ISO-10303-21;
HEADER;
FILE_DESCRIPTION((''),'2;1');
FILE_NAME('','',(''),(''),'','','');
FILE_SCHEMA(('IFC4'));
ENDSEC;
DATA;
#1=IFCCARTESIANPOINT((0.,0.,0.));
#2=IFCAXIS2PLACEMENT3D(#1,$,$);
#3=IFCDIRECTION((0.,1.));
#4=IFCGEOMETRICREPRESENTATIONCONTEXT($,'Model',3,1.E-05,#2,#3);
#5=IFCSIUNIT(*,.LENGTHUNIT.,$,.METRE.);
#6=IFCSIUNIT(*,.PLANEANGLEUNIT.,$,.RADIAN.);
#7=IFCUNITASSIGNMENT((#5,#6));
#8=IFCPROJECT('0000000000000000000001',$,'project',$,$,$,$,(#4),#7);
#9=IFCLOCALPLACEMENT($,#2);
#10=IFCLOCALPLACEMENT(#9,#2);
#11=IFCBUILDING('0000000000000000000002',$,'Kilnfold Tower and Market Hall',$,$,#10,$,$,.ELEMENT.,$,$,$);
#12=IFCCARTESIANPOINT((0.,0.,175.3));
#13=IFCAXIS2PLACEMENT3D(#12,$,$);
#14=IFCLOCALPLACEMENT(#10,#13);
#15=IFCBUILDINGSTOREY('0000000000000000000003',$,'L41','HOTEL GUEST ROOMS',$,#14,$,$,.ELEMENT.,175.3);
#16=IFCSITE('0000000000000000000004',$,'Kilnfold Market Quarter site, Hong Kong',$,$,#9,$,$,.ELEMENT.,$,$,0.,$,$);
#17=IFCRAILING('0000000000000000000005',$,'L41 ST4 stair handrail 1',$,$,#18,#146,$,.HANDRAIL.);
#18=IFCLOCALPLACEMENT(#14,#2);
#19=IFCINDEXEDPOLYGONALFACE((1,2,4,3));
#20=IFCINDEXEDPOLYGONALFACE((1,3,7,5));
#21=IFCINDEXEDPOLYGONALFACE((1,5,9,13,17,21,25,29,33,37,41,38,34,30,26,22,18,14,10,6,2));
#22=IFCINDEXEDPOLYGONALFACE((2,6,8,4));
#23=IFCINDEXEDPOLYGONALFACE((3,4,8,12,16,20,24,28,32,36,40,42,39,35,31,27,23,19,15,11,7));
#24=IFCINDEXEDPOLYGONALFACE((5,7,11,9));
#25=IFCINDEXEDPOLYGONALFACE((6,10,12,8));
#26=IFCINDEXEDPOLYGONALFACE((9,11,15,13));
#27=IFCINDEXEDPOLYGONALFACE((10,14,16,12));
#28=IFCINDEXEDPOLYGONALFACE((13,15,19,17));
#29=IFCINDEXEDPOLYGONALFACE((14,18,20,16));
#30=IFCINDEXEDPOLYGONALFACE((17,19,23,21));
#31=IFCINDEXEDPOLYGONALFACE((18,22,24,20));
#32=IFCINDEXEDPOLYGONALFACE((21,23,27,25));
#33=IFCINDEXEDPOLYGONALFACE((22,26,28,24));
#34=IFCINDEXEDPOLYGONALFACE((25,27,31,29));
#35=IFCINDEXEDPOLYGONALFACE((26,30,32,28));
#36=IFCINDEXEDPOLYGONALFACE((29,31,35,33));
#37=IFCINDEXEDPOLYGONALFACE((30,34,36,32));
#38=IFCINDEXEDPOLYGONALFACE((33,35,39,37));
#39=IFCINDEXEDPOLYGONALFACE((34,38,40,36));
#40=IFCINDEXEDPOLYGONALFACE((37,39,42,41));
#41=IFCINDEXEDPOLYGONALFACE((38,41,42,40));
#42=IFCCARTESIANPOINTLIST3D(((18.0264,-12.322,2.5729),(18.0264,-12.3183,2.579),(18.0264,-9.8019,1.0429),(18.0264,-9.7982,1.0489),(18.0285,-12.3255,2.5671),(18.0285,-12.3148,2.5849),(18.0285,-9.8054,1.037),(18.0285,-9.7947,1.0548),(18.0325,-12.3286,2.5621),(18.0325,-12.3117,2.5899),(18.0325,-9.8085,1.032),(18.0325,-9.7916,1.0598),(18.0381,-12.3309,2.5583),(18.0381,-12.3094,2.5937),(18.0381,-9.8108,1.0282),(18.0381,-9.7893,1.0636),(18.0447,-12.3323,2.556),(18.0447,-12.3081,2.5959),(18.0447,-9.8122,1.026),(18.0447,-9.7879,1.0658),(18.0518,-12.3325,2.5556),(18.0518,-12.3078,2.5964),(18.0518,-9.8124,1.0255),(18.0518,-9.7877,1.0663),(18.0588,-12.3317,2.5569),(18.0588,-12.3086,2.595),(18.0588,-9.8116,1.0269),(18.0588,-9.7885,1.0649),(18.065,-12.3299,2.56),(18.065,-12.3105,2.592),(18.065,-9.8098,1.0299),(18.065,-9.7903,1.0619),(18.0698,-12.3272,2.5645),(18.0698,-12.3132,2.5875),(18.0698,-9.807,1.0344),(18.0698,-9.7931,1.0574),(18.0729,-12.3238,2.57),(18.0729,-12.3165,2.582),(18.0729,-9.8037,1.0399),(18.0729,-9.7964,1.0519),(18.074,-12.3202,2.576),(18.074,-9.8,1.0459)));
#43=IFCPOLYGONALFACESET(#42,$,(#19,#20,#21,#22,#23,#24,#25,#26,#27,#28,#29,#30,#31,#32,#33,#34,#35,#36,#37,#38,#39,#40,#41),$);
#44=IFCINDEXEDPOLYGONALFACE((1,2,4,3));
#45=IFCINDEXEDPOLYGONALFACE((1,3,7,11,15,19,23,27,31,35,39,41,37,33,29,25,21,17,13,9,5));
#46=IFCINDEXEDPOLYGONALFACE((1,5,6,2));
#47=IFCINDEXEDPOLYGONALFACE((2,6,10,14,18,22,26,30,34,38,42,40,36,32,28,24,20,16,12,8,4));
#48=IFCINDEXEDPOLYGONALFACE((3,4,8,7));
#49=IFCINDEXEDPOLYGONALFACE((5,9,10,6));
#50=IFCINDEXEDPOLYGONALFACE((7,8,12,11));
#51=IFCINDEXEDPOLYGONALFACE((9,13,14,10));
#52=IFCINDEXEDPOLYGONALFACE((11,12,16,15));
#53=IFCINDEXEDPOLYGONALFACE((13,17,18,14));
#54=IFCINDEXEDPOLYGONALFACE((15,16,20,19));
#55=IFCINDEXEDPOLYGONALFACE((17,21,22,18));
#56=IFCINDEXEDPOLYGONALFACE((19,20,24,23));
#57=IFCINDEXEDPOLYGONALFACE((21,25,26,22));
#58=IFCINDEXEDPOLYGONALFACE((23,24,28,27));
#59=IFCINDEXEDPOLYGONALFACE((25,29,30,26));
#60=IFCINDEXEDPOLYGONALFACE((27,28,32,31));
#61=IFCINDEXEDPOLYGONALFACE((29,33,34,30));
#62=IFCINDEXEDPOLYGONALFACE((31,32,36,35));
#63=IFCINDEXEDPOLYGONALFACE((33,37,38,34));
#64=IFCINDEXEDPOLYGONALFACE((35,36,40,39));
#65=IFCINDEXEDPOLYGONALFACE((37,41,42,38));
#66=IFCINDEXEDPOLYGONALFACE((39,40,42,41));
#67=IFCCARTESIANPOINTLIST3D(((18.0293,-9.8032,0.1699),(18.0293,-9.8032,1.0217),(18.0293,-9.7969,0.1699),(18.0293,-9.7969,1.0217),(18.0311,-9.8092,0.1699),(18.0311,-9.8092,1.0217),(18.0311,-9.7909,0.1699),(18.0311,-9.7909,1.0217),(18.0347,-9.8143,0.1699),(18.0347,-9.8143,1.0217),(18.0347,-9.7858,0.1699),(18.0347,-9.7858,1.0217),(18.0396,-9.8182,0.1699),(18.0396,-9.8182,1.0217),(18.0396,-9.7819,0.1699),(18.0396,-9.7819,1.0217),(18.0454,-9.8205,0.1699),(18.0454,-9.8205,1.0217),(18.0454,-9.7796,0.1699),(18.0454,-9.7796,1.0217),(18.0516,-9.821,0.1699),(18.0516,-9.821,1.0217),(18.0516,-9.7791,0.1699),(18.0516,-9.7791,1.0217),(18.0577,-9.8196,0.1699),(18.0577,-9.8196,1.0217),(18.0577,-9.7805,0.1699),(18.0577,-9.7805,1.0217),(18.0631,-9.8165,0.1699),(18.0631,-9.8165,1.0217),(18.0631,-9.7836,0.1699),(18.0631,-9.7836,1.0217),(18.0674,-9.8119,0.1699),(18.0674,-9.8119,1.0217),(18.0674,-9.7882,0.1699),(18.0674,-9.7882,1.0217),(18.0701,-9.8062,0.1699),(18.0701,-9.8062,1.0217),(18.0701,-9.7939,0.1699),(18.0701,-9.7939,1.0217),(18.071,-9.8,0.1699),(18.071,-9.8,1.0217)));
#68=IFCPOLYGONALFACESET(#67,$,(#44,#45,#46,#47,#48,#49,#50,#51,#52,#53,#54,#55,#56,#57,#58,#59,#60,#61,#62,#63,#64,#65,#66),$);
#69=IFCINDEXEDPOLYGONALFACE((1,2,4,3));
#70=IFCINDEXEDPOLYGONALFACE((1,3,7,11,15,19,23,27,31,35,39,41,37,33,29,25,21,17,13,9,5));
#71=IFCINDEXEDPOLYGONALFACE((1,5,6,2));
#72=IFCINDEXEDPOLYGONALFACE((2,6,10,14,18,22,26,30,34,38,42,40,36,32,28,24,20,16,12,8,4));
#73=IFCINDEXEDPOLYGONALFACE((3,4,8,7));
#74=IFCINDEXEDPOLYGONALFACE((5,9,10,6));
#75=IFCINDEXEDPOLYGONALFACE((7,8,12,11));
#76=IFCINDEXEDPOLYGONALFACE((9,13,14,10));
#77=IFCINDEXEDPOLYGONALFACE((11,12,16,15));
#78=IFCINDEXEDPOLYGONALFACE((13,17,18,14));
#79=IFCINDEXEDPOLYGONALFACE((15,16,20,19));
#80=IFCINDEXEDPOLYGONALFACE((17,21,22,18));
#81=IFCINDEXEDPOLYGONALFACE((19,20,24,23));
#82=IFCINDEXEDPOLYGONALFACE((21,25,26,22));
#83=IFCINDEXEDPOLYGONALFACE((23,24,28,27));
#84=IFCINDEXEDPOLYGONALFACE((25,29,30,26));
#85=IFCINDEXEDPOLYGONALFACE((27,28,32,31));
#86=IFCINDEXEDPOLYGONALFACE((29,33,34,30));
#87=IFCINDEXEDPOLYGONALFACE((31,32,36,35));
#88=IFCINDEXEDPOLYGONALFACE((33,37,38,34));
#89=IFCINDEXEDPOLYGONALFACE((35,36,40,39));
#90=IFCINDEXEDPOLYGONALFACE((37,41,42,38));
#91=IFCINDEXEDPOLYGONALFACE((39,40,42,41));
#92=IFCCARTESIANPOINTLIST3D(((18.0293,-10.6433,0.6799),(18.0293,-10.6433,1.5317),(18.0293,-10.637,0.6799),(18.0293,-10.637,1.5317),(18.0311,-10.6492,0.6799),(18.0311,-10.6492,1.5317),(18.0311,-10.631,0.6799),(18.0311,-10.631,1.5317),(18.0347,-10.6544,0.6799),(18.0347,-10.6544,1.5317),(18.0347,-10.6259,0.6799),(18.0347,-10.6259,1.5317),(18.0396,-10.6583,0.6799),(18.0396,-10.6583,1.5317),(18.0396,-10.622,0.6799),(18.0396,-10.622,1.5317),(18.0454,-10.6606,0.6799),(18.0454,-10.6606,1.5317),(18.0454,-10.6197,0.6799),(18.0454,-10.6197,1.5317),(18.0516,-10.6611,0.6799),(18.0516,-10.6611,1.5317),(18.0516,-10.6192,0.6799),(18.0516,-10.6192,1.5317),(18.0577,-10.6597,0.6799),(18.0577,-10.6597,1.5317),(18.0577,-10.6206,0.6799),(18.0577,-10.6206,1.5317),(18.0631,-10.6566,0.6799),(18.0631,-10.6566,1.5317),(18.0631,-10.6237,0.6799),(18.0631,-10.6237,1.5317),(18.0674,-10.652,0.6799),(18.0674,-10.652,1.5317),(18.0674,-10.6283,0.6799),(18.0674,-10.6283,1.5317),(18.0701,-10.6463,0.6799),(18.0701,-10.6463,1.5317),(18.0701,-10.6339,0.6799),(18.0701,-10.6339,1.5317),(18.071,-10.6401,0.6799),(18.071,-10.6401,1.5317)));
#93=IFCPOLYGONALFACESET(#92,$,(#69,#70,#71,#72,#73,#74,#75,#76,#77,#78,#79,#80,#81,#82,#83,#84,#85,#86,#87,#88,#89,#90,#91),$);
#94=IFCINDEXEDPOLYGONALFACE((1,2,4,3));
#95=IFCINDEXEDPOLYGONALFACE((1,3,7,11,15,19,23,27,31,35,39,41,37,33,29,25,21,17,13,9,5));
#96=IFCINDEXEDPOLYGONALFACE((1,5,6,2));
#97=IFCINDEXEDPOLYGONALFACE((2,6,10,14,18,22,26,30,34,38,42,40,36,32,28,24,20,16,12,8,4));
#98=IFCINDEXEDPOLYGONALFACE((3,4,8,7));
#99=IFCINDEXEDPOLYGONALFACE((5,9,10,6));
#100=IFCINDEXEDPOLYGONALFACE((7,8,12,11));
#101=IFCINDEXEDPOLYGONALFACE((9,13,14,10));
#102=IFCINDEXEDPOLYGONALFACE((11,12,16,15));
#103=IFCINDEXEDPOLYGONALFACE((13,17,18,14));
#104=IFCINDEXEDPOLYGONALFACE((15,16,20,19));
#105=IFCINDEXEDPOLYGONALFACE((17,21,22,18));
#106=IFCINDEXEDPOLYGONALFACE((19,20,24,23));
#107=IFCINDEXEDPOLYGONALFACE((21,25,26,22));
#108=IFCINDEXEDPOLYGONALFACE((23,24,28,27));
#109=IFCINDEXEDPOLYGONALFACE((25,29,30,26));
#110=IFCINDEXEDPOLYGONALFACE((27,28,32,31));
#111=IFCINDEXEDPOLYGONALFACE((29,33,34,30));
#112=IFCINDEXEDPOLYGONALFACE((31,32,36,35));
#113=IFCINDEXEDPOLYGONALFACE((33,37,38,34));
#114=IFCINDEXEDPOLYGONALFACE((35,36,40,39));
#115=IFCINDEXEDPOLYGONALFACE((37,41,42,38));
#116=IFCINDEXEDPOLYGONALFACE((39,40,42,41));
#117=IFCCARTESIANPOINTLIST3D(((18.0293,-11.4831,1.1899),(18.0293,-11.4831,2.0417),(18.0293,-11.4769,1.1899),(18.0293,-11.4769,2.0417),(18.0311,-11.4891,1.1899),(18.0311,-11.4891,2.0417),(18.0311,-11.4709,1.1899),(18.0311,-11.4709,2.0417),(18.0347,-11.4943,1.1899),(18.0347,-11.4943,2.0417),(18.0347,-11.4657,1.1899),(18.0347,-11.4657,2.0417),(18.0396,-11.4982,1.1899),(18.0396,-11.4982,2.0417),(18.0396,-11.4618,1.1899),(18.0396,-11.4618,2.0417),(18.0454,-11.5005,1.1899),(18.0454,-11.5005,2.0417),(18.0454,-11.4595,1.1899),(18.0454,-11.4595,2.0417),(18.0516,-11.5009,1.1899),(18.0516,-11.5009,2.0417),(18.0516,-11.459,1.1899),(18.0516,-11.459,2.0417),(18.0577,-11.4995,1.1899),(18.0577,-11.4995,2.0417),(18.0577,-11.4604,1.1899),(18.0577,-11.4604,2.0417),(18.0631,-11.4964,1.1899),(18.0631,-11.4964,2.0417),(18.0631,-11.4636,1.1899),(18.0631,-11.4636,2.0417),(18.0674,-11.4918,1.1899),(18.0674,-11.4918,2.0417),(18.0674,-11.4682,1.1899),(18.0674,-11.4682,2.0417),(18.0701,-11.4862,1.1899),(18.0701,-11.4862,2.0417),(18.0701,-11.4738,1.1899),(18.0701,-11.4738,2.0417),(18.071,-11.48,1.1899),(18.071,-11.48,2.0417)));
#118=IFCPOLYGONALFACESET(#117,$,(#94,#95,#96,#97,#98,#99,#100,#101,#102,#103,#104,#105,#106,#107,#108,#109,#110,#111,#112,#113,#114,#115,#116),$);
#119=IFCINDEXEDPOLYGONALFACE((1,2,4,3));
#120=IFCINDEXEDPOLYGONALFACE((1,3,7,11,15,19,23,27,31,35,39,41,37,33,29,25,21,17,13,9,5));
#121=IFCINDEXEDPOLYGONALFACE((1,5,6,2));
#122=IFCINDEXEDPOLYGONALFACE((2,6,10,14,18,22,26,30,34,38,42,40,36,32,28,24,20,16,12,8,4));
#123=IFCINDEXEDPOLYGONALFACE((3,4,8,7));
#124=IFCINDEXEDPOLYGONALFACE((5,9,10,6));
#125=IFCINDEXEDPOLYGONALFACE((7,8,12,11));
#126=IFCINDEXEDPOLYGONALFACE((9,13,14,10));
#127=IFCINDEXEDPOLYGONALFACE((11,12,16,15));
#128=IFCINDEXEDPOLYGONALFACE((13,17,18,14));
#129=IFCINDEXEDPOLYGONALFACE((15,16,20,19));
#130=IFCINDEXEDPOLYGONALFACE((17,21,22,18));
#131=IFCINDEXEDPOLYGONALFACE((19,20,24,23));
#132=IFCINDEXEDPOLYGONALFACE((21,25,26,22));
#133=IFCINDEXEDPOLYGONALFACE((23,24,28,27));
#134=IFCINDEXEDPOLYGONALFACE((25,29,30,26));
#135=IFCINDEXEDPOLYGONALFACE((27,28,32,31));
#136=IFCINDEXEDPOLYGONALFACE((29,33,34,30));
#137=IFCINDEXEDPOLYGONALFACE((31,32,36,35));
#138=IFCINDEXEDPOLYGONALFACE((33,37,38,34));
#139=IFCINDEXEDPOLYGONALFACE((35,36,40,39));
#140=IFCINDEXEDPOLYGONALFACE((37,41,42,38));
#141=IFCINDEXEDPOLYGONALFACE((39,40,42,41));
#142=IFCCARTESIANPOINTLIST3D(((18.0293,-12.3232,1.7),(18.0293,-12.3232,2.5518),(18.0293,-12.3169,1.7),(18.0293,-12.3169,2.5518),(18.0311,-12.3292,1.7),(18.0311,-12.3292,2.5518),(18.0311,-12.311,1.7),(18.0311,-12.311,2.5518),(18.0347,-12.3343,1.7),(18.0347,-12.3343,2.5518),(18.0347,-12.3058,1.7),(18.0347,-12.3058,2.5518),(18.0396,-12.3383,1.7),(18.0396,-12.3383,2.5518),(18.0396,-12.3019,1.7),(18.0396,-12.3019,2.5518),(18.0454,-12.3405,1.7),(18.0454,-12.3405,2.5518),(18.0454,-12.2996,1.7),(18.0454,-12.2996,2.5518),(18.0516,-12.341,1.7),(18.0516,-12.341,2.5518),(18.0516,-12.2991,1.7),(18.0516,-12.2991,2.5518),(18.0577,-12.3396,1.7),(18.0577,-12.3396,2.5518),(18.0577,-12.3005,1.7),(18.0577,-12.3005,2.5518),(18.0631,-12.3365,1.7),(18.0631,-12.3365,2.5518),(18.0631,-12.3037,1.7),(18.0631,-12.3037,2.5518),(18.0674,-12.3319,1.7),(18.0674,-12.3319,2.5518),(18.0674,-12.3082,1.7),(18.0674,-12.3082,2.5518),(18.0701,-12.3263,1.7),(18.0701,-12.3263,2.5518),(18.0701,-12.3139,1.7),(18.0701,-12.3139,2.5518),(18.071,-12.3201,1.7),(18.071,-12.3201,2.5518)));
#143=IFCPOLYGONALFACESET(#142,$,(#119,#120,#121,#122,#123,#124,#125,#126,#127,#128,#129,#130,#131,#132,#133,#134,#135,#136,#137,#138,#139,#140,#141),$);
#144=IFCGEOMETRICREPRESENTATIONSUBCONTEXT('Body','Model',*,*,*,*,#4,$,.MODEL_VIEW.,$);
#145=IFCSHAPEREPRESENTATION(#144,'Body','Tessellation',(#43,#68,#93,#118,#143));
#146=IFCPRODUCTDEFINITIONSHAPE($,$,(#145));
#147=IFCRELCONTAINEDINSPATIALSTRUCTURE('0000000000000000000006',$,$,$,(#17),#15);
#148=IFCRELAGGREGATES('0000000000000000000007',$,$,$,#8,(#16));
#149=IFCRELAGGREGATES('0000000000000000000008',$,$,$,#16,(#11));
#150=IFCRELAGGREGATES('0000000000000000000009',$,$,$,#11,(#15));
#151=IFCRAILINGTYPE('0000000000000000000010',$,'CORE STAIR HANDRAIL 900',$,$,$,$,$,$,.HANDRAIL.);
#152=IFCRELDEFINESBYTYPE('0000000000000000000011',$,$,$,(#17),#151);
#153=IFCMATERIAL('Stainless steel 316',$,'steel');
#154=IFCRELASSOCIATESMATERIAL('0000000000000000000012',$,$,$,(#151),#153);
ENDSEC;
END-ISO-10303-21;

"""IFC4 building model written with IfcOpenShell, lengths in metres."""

from ifc_helpers import new_model, si_unit, direction, frame, origin, origin_2d, place, context, subcontext, project, spatial, circle, extrude, material, type_object, element, save


model = new_model("IFC4")

# Units and contexts
model_context = context("Model", 3, precision=1e-05, world=origin(), true_north=direction((0.0, 1.0)))
body_context = subcontext(model_context, "Body", "Model", "MODEL_VIEW")
ifc_project = project(units=[si_unit("LENGTHUNIT", "METRE"), si_unit("PLANEANGLEUNIT", "RADIAN")], contexts=[model_context])

# Site, building, storey
site_placement = place(None, origin())
site = spatial("IfcSite", under=ifc_project, at=site_placement, Name="Kilnfold Market Quarter site, Hong Kong", CompositionType="ELEMENT", RefElevation=0.0)
building_placement = place(site_placement, origin())
building = spatial("IfcBuilding", under=site, at=building_placement, Name="Kilnfold Tower and Market Hall", CompositionType="ELEMENT")
storey_placement = place(building_placement, frame((0.0, 0.0, 175.3)))
storey = spatial("IfcBuildingStorey", under=building, at=storey_placement, Name="L41", Description="HOTEL GUEST ROOMS", CompositionType="ELEMENT", Elevation=175.3)

# Railing
ifc_material_1 = material(Name="Stainless steel 316", Category="steel")
railing_type_1 = type_object("IfcRailingType", Name="CORE STAIR HANDRAIL 900", PredefinedType="HANDRAIL", material=ifc_material_1)
railing_1_placement = place(storey_placement, frame((18.05, -9.8, 0.1699)))
element("IfcRailing", 1, at=railing_1_placement, inside=storey, type_object=railing_type_1, Name="L41 ST4 stair handrail 1", PredefinedType="HANDRAIL", context=body_context, shape_type="SweptSolid", body=[
    extrude(circle(Radius=0.0239, at=origin_2d()), frame((0.0, 0.0, 0.876), z_axis=(0.0, -0.854785, 0.518982), x_axis=(1.0, 0.0, 0.0)), (0.0, 0.0, 1.0), 2.9482),
    extrude(circle(Radius=0.021, at=origin_2d()), origin(), (0.0, 0.0, 1.0), 0.8518),
    extrude(circle(Radius=0.021, at=origin_2d()), frame((0.0, -0.8401, 0.51)), (0.0, 0.0, 1.0), 0.8518),
    extrude(circle(Radius=0.021, at=origin_2d()), frame((0.0, -1.6799, 1.02)), (0.0, 0.0, 1.0), 0.8518),
    extrude(circle(Radius=0.021, at=origin_2d()), frame((0.0, -2.52, 1.53)), (0.0, 0.0, 1.0), 0.8518),
])

save(model, "model.ifc")
